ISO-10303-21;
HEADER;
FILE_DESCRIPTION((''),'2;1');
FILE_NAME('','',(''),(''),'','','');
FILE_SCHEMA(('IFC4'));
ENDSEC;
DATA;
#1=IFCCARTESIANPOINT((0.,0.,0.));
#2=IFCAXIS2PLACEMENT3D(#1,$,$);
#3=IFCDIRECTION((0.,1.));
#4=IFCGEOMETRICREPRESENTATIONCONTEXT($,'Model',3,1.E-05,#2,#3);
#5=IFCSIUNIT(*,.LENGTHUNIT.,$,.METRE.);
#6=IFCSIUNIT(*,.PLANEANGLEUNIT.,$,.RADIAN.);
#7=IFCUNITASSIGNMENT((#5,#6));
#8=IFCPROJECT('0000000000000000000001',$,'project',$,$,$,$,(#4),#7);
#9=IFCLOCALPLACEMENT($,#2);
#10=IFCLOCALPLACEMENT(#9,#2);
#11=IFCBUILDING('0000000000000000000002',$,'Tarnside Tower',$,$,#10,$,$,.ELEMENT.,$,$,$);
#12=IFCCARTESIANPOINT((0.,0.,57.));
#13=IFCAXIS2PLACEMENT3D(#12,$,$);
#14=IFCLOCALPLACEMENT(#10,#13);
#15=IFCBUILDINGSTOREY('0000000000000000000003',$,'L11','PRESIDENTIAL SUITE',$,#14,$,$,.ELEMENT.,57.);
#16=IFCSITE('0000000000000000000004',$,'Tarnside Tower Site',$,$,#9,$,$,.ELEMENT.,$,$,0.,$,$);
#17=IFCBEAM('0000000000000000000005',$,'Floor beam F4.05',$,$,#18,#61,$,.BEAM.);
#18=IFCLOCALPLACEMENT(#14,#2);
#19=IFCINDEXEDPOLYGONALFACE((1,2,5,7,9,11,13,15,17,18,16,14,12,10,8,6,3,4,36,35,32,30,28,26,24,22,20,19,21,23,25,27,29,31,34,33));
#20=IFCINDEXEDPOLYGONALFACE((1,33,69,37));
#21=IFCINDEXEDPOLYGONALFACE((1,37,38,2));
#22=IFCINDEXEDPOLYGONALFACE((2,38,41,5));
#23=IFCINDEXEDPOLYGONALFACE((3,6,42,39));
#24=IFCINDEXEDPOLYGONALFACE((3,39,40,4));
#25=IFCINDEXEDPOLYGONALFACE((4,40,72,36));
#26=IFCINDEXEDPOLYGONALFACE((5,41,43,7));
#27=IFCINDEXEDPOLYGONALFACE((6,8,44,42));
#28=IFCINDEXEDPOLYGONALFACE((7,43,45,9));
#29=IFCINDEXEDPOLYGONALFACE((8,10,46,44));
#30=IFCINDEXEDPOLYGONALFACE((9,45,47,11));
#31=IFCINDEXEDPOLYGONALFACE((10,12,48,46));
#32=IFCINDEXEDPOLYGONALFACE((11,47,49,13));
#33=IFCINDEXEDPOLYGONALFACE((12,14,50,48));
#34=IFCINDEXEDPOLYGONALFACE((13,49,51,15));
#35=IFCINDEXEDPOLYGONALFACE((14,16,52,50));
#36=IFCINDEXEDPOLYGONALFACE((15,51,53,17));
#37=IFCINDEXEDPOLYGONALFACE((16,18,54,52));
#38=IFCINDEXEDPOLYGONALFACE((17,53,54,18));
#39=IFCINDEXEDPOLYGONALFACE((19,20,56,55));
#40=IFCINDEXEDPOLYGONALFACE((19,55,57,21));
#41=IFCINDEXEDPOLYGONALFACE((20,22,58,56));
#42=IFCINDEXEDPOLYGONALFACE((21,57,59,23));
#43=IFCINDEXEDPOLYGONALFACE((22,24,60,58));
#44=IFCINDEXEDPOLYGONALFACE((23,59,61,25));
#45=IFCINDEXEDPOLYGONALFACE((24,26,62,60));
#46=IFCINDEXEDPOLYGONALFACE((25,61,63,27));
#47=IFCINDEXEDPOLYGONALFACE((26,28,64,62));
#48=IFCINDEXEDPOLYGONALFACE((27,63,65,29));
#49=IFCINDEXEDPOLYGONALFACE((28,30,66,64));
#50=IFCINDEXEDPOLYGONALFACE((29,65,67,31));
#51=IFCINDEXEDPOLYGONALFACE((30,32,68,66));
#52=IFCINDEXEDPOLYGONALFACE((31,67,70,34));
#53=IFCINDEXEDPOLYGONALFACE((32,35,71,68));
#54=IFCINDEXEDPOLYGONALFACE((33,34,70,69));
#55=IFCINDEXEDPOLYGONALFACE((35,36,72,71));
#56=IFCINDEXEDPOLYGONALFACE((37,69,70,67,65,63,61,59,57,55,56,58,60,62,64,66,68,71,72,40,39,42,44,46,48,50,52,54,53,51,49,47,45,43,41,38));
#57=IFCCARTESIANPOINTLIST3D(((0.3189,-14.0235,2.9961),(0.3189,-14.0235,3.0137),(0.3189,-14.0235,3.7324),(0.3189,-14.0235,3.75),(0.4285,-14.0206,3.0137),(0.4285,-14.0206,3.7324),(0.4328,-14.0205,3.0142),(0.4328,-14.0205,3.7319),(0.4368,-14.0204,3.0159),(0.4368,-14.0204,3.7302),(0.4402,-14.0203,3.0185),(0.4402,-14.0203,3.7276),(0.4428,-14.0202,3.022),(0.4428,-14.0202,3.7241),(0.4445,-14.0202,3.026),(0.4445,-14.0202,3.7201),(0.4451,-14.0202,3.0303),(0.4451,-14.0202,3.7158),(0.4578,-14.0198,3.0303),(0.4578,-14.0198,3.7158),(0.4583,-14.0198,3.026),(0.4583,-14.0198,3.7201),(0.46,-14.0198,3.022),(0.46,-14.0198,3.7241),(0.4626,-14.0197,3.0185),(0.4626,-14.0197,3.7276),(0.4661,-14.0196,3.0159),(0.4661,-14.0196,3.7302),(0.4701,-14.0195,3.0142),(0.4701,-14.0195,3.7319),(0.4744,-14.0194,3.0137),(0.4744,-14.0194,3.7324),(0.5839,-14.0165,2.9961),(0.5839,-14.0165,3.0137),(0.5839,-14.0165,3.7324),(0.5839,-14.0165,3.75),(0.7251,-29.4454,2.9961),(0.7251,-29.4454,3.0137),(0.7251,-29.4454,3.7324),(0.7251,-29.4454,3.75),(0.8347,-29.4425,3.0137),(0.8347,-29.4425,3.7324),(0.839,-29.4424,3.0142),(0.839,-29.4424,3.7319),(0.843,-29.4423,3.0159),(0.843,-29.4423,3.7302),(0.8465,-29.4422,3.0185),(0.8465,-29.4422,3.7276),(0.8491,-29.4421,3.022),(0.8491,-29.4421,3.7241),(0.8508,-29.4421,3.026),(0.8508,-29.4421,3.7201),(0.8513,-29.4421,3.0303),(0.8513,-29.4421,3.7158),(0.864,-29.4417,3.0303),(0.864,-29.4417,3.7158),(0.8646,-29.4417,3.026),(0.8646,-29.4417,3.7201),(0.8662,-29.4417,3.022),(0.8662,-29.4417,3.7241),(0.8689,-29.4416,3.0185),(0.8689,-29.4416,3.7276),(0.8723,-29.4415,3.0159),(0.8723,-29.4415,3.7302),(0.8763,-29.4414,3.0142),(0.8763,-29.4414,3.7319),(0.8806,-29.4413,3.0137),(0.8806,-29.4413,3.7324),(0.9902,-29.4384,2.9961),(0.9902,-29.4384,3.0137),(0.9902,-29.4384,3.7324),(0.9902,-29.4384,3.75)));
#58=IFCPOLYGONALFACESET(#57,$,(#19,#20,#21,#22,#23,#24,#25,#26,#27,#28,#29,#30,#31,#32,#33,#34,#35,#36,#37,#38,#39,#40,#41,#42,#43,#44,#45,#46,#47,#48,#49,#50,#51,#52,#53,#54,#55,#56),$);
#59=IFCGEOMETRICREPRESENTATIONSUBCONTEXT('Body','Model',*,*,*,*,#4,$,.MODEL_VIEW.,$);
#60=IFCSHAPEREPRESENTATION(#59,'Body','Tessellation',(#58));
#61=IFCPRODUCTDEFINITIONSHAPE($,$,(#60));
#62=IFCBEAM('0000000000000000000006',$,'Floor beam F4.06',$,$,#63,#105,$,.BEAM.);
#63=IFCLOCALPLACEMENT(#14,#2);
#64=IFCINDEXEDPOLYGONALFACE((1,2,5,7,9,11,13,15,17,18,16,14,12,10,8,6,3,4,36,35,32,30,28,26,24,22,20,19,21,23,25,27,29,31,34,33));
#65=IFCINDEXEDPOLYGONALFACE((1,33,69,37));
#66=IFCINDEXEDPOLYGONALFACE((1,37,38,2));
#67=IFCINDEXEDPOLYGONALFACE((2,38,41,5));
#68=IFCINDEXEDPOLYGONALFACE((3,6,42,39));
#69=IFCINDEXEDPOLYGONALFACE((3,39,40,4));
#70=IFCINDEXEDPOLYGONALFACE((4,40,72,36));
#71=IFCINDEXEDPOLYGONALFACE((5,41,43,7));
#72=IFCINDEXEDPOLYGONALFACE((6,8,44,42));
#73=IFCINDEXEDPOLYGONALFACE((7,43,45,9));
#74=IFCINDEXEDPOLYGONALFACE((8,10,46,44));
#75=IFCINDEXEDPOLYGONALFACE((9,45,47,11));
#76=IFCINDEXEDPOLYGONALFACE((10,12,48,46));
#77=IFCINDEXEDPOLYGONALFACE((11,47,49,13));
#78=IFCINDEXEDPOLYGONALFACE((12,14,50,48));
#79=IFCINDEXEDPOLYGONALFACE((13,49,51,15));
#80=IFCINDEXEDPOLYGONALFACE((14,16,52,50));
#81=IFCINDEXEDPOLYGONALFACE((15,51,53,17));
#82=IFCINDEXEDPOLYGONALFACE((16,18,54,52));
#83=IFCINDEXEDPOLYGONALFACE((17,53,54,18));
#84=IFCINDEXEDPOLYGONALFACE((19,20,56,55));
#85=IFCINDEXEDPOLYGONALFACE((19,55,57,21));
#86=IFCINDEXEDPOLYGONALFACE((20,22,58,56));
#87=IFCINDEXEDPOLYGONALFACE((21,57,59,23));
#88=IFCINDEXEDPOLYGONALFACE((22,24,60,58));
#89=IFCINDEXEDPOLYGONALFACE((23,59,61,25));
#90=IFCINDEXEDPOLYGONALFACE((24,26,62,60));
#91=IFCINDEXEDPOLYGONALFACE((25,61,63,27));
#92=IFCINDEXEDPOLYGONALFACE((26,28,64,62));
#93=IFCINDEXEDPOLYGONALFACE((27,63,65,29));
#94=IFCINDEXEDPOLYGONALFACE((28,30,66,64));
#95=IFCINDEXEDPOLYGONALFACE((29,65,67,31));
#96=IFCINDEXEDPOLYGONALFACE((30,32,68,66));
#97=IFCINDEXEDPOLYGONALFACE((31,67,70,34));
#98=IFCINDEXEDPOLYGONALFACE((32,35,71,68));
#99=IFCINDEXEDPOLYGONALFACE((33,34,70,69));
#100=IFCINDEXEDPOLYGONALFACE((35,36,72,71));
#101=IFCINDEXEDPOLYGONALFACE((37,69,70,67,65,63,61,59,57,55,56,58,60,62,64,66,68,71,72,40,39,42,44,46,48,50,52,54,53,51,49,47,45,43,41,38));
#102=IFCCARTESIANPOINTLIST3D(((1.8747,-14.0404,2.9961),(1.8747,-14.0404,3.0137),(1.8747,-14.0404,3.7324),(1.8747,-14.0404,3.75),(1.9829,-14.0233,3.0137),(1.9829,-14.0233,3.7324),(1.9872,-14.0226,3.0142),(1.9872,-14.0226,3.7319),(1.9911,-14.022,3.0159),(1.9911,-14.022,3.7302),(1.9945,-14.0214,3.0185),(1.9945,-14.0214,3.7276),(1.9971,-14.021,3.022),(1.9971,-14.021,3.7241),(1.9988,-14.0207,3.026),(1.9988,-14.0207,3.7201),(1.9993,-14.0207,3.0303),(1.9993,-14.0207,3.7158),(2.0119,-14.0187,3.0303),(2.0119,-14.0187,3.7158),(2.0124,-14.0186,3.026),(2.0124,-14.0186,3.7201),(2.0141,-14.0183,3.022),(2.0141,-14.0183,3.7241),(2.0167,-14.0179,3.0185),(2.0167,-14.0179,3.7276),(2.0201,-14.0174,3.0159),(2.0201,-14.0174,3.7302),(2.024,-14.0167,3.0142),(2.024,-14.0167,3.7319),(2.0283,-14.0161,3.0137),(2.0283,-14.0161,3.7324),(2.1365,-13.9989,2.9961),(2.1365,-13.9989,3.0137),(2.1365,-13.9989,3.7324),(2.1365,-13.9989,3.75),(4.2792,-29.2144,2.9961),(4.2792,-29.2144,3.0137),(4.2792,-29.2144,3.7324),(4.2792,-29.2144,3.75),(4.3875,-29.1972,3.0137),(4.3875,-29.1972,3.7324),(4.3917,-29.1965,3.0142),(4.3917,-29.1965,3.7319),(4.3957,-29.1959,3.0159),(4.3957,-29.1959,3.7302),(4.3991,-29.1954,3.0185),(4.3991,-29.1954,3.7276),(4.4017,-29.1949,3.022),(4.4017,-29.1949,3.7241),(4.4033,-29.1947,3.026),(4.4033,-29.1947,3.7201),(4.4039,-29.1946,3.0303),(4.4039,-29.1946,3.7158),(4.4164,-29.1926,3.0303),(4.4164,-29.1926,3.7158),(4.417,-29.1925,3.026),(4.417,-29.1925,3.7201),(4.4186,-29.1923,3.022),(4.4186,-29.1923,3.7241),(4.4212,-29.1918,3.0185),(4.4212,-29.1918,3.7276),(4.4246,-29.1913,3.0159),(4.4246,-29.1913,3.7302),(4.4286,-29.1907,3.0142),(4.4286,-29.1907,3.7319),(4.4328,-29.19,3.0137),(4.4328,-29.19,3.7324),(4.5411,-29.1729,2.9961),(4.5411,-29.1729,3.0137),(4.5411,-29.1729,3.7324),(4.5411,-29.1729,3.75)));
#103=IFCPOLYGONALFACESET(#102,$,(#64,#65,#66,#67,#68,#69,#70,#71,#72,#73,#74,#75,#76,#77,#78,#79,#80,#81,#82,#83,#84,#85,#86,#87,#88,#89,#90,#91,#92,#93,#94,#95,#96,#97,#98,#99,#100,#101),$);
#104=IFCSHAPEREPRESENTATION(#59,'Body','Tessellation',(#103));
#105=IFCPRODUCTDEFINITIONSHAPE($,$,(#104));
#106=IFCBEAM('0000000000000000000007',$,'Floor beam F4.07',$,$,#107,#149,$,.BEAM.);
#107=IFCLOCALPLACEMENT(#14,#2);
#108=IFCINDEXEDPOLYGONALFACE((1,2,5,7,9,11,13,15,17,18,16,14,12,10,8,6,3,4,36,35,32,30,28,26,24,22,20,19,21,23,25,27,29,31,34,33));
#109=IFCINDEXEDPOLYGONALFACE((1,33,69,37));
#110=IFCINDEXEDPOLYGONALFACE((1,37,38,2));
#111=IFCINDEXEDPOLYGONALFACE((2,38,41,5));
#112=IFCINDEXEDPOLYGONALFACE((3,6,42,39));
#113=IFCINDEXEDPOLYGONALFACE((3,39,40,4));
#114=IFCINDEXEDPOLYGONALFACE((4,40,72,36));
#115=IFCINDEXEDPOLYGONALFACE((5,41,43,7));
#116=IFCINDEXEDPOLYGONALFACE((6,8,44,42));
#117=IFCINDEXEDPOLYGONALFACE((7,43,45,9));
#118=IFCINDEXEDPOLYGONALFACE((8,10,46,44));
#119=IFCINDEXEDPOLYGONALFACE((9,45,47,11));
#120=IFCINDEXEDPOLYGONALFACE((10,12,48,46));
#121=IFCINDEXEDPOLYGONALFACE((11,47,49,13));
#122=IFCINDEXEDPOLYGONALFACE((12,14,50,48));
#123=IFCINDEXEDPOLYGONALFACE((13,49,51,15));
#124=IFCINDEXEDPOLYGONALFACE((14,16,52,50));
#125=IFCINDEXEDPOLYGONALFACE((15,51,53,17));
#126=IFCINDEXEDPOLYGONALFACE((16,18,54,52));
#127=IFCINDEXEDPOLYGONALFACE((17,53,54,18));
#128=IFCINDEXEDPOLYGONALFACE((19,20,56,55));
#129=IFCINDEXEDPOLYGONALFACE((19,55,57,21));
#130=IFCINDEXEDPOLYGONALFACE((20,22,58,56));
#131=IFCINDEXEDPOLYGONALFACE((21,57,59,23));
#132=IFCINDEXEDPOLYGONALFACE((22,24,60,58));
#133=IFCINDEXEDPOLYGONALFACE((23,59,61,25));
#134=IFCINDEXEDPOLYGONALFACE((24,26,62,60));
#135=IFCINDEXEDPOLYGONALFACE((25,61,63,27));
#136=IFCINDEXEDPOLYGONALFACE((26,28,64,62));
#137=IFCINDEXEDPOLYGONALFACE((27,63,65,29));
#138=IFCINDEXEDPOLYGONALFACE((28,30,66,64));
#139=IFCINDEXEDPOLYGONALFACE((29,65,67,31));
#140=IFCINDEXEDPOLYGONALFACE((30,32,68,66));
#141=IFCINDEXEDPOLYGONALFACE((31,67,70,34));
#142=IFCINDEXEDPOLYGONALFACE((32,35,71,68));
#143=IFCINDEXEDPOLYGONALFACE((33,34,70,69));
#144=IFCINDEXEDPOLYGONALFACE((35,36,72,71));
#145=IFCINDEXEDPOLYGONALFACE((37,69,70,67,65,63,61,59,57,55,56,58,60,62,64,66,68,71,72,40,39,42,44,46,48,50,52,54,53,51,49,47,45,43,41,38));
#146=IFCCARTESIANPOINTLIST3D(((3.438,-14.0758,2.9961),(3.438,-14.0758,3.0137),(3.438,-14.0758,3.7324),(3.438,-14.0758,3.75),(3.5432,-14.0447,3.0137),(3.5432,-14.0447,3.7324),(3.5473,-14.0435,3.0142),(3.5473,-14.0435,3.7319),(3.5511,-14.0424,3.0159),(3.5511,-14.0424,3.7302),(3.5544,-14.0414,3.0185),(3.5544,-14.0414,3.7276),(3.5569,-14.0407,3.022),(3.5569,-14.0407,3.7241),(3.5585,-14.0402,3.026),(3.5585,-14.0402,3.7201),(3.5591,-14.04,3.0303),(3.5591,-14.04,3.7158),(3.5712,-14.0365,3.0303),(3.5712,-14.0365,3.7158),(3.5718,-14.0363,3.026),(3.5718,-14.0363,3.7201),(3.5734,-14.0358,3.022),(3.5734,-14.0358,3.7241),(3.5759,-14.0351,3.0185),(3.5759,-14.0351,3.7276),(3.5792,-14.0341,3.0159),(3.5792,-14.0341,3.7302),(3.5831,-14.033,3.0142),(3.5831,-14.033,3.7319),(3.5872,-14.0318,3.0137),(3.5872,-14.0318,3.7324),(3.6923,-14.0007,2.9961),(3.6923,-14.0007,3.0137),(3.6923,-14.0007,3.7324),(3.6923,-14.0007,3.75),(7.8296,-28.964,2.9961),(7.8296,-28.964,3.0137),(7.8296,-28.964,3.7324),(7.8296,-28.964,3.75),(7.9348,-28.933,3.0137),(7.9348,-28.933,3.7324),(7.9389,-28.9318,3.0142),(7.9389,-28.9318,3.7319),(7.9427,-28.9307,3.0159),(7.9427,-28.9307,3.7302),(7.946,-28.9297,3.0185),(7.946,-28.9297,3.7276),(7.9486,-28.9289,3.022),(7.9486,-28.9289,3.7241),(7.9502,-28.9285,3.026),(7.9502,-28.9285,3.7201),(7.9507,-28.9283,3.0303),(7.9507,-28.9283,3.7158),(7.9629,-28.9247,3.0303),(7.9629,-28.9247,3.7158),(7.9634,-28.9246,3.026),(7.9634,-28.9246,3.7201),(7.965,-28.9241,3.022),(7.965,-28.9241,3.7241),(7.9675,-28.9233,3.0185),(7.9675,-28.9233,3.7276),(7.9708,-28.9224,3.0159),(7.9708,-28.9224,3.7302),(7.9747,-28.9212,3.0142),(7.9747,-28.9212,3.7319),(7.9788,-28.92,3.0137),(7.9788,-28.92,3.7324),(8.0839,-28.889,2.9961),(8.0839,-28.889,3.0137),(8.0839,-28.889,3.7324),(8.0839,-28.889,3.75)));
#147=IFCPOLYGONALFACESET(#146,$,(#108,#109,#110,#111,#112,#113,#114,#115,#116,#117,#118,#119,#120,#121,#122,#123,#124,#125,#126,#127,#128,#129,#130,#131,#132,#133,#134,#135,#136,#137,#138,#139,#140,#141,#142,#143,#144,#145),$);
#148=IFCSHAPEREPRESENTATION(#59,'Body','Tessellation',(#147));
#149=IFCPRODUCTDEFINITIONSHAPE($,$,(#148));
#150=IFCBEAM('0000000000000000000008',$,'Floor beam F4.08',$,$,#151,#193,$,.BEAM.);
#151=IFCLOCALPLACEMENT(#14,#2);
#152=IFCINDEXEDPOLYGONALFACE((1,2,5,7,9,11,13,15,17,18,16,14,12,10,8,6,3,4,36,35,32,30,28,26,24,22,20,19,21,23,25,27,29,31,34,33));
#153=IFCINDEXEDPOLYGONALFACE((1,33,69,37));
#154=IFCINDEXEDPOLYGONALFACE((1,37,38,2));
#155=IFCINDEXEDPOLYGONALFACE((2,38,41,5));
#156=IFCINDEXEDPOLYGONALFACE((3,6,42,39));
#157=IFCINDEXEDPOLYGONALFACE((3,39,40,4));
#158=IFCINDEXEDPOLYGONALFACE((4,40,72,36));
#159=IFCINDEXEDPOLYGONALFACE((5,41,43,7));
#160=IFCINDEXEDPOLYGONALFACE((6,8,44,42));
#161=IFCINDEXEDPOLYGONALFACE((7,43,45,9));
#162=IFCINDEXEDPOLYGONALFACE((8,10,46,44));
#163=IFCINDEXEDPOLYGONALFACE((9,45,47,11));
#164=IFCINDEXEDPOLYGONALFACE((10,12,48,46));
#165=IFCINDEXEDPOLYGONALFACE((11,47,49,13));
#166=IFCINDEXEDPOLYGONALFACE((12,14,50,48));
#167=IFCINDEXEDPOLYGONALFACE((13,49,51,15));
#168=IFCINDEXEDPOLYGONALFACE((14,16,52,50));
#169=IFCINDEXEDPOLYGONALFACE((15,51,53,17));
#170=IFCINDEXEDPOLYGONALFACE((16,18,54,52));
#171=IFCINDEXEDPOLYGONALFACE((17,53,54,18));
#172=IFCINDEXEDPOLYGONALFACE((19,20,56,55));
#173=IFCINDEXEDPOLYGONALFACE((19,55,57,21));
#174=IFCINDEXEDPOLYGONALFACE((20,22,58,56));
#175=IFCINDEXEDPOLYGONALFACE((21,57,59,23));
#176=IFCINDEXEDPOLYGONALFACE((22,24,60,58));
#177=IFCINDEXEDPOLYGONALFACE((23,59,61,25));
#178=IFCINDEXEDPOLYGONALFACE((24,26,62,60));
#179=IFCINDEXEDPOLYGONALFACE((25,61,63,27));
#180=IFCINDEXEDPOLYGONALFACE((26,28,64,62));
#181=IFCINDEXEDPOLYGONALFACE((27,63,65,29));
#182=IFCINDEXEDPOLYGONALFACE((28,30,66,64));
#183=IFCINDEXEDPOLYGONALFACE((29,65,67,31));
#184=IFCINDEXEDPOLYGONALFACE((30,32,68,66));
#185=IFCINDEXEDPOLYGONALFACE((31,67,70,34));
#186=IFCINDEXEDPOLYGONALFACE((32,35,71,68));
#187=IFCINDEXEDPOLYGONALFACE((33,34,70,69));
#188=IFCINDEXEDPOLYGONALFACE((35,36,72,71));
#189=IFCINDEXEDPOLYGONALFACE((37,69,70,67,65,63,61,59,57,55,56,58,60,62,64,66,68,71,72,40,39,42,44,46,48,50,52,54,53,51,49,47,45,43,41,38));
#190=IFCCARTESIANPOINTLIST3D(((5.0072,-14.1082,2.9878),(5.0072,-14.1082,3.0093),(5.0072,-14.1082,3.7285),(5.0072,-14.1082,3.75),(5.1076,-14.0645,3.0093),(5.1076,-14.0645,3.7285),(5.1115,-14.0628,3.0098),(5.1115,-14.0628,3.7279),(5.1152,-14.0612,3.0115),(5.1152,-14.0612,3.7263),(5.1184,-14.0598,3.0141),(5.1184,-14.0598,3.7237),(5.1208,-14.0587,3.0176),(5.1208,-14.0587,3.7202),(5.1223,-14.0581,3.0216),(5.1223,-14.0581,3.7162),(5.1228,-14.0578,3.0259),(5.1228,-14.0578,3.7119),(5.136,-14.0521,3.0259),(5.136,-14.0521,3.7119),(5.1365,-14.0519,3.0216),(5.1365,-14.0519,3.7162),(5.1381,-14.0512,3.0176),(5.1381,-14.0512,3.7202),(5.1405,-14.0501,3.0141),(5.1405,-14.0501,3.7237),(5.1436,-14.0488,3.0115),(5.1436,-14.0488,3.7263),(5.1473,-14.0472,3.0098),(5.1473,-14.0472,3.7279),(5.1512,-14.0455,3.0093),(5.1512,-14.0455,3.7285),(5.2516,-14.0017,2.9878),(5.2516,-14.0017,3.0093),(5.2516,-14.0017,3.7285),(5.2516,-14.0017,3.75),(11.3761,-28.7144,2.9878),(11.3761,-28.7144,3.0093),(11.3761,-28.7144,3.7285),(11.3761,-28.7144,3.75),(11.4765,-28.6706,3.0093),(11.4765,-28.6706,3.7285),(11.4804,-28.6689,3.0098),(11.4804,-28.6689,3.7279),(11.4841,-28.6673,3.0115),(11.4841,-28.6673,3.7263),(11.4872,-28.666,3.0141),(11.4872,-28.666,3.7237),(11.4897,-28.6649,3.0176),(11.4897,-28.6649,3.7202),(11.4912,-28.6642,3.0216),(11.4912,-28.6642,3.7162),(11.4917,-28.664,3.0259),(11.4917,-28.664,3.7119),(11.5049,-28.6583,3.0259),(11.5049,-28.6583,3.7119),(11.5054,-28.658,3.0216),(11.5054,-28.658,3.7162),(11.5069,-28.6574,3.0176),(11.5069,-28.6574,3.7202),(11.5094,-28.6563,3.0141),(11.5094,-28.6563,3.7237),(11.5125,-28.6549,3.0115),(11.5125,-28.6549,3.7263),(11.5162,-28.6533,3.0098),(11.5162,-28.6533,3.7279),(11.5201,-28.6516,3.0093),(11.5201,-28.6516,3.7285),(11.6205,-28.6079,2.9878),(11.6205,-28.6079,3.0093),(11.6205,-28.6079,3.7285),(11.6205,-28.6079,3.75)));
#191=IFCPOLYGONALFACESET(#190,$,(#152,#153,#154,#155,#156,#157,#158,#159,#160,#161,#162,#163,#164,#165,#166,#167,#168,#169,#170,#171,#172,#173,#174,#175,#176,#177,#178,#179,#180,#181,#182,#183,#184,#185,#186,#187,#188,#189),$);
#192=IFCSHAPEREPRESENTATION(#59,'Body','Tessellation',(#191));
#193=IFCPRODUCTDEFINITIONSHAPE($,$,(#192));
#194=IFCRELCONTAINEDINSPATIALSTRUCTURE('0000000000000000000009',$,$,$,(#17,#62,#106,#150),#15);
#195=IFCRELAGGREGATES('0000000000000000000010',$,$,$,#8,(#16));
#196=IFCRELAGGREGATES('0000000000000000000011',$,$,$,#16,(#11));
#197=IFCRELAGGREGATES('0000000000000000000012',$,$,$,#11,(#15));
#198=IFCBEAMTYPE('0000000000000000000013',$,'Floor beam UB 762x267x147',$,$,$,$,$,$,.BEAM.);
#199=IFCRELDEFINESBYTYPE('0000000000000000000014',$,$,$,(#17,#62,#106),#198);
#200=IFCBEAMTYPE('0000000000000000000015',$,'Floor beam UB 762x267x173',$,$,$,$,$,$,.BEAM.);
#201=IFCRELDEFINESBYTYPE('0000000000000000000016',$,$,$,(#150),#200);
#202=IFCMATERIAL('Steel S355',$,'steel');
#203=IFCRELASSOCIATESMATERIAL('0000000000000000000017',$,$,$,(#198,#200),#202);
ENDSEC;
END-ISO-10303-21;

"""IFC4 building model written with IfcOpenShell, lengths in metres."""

from ifc_helpers import new_model, si_unit, direction, frame, origin, origin_2d, place, context, subcontext, project, spatial, i_section, extrude, material, material_profile, profile_set, type_object, element, save


model = new_model("IFC4")

# Units and contexts
model_context = context("Model", 3, precision=1e-05, world=origin(), true_north=direction((0.0, 1.0)))
body_context = subcontext(model_context, "Body", "Model", "MODEL_VIEW")
ifc_project = project(units=[si_unit("LENGTHUNIT", "METRE"), si_unit("PLANEANGLEUNIT", "RADIAN")], contexts=[model_context])

# Site, building, storey
site_placement = place(None, origin())
site = spatial("IfcSite", under=ifc_project, at=site_placement, Name="Tarnside Tower Site", CompositionType="ELEMENT", RefElevation=0.0)
building_placement = place(site_placement, origin())
building = spatial("IfcBuilding", under=site, at=building_placement, Name="Tarnside Tower", CompositionType="ELEMENT")
storey_placement = place(building_placement, frame((0.0, 0.0, 57.0)))
storey = spatial("IfcBuildingStorey", under=building, at=storey_placement, Name="L11", Description="PRESIDENTIAL SUITE", CompositionType="ELEMENT", Elevation=57.0)

# Beams
ifc_material_1 = material(Name="Steel S355", Category="steel")
ifc_material_profile_1 = material_profile(ifc_material_1, i_section(OverallWidth=0.2651, OverallDepth=0.7539, WebThickness=0.0127, FlangeThickness=0.0176, FilletRadius=0.0166, at=origin_2d()), Name="UB 762x267x147")
ifc_profile_set_1 = profile_set([ifc_material_profile_1], Name="Steel S355")
beam_type_1 = type_object("IfcBeamType", Name="Floor beam UB 762x267x147", PredefinedType="BEAM", material=ifc_profile_set_1)
beam_1_placement = place(storey_placement, frame((0.8577, -29.4419, 3.373), z_axis=(-0.026333, 0.999653, 0.0), x_axis=(-0.999653, -0.026333, 0.0)))
element("IfcBeam", 1, at=beam_1_placement, inside=storey, type_object=beam_type_1, Name="Floor beam F4.05", PredefinedType="BEAM", context=body_context, shape_type="SweptSolid", body=[
    extrude(i_section(OverallWidth=0.2651, OverallDepth=0.7539, WebThickness=0.0127, FlangeThickness=0.0176, FilletRadius=0.0166, at=origin_2d()), origin(), (0.0, 0.0, 1.0), 15.4272),
])
beam_2_placement = place(storey_placement, frame((4.4102, -29.1936, 3.373), z_axis=(-0.156513, 0.987676, 0.0), x_axis=(-0.987676, -0.156513, 0.0)))
element("IfcBeam", 2, at=beam_2_placement, inside=storey, type_object=beam_type_1, Name="Floor beam F4.06", PredefinedType="BEAM", context=body_context, shape_type="SweptSolid", body=[
    extrude(i_section(OverallWidth=0.2651, OverallDepth=0.7539, WebThickness=0.0127, FlangeThickness=0.0176, FilletRadius=0.0166, at=origin_2d()), origin(), (0.0, 0.0, 1.0), 15.3633),
])
beam_3_placement = place(storey_placement, frame((7.9568, -28.9265, 3.373), z_axis=(-0.282921, 0.959143, 0.0), x_axis=(-0.959143, -0.282921, 0.0)))
element("IfcBeam", 3, at=beam_3_placement, inside=storey, type_object=beam_type_1, Name="Floor beam F4.07", PredefinedType="BEAM", context=body_context, shape_type="SweptSolid", body=[
    extrude(i_section(OverallWidth=0.2651, OverallDepth=0.7539, WebThickness=0.0127, FlangeThickness=0.0176, FilletRadius=0.0166, at=origin_2d()), origin(), (0.0, 0.0, 1.0), 15.5225),
])
ifc_material_profile_2 = material_profile(ifc_material_1, i_section(OverallWidth=0.2666, OverallDepth=0.7622, WebThickness=0.0144, FlangeThickness=0.0215, FilletRadius=0.0166, at=origin_2d()), Name="UB 762x267x173")
ifc_profile_set_2 = profile_set([ifc_material_profile_2], Name="Steel S355")
beam_type_2 = type_object("IfcBeamType", Name="Floor beam UB 762x267x173", PredefinedType="BEAM", material=ifc_profile_set_2)
beam_4_placement = place(storey_placement, frame((11.4983, -28.6611, 3.3689), z_axis=(-0.399696, 0.916648, 0.0), x_axis=(-0.916648, -0.399696, 0.0)))
element("IfcBeam", 4, at=beam_4_placement, inside=storey, type_object=beam_type_2, Name="Floor beam F4.08", PredefinedType="BEAM", context=body_context, shape_type="SweptSolid", body=[
    extrude(i_section(OverallWidth=0.2666, OverallDepth=0.7622, WebThickness=0.0144, FlangeThickness=0.0215, FilletRadius=0.0166, at=origin_2d()), origin(), (0.0, 0.0, 1.0), 15.9343),
])

save(model, "model.ifc")
